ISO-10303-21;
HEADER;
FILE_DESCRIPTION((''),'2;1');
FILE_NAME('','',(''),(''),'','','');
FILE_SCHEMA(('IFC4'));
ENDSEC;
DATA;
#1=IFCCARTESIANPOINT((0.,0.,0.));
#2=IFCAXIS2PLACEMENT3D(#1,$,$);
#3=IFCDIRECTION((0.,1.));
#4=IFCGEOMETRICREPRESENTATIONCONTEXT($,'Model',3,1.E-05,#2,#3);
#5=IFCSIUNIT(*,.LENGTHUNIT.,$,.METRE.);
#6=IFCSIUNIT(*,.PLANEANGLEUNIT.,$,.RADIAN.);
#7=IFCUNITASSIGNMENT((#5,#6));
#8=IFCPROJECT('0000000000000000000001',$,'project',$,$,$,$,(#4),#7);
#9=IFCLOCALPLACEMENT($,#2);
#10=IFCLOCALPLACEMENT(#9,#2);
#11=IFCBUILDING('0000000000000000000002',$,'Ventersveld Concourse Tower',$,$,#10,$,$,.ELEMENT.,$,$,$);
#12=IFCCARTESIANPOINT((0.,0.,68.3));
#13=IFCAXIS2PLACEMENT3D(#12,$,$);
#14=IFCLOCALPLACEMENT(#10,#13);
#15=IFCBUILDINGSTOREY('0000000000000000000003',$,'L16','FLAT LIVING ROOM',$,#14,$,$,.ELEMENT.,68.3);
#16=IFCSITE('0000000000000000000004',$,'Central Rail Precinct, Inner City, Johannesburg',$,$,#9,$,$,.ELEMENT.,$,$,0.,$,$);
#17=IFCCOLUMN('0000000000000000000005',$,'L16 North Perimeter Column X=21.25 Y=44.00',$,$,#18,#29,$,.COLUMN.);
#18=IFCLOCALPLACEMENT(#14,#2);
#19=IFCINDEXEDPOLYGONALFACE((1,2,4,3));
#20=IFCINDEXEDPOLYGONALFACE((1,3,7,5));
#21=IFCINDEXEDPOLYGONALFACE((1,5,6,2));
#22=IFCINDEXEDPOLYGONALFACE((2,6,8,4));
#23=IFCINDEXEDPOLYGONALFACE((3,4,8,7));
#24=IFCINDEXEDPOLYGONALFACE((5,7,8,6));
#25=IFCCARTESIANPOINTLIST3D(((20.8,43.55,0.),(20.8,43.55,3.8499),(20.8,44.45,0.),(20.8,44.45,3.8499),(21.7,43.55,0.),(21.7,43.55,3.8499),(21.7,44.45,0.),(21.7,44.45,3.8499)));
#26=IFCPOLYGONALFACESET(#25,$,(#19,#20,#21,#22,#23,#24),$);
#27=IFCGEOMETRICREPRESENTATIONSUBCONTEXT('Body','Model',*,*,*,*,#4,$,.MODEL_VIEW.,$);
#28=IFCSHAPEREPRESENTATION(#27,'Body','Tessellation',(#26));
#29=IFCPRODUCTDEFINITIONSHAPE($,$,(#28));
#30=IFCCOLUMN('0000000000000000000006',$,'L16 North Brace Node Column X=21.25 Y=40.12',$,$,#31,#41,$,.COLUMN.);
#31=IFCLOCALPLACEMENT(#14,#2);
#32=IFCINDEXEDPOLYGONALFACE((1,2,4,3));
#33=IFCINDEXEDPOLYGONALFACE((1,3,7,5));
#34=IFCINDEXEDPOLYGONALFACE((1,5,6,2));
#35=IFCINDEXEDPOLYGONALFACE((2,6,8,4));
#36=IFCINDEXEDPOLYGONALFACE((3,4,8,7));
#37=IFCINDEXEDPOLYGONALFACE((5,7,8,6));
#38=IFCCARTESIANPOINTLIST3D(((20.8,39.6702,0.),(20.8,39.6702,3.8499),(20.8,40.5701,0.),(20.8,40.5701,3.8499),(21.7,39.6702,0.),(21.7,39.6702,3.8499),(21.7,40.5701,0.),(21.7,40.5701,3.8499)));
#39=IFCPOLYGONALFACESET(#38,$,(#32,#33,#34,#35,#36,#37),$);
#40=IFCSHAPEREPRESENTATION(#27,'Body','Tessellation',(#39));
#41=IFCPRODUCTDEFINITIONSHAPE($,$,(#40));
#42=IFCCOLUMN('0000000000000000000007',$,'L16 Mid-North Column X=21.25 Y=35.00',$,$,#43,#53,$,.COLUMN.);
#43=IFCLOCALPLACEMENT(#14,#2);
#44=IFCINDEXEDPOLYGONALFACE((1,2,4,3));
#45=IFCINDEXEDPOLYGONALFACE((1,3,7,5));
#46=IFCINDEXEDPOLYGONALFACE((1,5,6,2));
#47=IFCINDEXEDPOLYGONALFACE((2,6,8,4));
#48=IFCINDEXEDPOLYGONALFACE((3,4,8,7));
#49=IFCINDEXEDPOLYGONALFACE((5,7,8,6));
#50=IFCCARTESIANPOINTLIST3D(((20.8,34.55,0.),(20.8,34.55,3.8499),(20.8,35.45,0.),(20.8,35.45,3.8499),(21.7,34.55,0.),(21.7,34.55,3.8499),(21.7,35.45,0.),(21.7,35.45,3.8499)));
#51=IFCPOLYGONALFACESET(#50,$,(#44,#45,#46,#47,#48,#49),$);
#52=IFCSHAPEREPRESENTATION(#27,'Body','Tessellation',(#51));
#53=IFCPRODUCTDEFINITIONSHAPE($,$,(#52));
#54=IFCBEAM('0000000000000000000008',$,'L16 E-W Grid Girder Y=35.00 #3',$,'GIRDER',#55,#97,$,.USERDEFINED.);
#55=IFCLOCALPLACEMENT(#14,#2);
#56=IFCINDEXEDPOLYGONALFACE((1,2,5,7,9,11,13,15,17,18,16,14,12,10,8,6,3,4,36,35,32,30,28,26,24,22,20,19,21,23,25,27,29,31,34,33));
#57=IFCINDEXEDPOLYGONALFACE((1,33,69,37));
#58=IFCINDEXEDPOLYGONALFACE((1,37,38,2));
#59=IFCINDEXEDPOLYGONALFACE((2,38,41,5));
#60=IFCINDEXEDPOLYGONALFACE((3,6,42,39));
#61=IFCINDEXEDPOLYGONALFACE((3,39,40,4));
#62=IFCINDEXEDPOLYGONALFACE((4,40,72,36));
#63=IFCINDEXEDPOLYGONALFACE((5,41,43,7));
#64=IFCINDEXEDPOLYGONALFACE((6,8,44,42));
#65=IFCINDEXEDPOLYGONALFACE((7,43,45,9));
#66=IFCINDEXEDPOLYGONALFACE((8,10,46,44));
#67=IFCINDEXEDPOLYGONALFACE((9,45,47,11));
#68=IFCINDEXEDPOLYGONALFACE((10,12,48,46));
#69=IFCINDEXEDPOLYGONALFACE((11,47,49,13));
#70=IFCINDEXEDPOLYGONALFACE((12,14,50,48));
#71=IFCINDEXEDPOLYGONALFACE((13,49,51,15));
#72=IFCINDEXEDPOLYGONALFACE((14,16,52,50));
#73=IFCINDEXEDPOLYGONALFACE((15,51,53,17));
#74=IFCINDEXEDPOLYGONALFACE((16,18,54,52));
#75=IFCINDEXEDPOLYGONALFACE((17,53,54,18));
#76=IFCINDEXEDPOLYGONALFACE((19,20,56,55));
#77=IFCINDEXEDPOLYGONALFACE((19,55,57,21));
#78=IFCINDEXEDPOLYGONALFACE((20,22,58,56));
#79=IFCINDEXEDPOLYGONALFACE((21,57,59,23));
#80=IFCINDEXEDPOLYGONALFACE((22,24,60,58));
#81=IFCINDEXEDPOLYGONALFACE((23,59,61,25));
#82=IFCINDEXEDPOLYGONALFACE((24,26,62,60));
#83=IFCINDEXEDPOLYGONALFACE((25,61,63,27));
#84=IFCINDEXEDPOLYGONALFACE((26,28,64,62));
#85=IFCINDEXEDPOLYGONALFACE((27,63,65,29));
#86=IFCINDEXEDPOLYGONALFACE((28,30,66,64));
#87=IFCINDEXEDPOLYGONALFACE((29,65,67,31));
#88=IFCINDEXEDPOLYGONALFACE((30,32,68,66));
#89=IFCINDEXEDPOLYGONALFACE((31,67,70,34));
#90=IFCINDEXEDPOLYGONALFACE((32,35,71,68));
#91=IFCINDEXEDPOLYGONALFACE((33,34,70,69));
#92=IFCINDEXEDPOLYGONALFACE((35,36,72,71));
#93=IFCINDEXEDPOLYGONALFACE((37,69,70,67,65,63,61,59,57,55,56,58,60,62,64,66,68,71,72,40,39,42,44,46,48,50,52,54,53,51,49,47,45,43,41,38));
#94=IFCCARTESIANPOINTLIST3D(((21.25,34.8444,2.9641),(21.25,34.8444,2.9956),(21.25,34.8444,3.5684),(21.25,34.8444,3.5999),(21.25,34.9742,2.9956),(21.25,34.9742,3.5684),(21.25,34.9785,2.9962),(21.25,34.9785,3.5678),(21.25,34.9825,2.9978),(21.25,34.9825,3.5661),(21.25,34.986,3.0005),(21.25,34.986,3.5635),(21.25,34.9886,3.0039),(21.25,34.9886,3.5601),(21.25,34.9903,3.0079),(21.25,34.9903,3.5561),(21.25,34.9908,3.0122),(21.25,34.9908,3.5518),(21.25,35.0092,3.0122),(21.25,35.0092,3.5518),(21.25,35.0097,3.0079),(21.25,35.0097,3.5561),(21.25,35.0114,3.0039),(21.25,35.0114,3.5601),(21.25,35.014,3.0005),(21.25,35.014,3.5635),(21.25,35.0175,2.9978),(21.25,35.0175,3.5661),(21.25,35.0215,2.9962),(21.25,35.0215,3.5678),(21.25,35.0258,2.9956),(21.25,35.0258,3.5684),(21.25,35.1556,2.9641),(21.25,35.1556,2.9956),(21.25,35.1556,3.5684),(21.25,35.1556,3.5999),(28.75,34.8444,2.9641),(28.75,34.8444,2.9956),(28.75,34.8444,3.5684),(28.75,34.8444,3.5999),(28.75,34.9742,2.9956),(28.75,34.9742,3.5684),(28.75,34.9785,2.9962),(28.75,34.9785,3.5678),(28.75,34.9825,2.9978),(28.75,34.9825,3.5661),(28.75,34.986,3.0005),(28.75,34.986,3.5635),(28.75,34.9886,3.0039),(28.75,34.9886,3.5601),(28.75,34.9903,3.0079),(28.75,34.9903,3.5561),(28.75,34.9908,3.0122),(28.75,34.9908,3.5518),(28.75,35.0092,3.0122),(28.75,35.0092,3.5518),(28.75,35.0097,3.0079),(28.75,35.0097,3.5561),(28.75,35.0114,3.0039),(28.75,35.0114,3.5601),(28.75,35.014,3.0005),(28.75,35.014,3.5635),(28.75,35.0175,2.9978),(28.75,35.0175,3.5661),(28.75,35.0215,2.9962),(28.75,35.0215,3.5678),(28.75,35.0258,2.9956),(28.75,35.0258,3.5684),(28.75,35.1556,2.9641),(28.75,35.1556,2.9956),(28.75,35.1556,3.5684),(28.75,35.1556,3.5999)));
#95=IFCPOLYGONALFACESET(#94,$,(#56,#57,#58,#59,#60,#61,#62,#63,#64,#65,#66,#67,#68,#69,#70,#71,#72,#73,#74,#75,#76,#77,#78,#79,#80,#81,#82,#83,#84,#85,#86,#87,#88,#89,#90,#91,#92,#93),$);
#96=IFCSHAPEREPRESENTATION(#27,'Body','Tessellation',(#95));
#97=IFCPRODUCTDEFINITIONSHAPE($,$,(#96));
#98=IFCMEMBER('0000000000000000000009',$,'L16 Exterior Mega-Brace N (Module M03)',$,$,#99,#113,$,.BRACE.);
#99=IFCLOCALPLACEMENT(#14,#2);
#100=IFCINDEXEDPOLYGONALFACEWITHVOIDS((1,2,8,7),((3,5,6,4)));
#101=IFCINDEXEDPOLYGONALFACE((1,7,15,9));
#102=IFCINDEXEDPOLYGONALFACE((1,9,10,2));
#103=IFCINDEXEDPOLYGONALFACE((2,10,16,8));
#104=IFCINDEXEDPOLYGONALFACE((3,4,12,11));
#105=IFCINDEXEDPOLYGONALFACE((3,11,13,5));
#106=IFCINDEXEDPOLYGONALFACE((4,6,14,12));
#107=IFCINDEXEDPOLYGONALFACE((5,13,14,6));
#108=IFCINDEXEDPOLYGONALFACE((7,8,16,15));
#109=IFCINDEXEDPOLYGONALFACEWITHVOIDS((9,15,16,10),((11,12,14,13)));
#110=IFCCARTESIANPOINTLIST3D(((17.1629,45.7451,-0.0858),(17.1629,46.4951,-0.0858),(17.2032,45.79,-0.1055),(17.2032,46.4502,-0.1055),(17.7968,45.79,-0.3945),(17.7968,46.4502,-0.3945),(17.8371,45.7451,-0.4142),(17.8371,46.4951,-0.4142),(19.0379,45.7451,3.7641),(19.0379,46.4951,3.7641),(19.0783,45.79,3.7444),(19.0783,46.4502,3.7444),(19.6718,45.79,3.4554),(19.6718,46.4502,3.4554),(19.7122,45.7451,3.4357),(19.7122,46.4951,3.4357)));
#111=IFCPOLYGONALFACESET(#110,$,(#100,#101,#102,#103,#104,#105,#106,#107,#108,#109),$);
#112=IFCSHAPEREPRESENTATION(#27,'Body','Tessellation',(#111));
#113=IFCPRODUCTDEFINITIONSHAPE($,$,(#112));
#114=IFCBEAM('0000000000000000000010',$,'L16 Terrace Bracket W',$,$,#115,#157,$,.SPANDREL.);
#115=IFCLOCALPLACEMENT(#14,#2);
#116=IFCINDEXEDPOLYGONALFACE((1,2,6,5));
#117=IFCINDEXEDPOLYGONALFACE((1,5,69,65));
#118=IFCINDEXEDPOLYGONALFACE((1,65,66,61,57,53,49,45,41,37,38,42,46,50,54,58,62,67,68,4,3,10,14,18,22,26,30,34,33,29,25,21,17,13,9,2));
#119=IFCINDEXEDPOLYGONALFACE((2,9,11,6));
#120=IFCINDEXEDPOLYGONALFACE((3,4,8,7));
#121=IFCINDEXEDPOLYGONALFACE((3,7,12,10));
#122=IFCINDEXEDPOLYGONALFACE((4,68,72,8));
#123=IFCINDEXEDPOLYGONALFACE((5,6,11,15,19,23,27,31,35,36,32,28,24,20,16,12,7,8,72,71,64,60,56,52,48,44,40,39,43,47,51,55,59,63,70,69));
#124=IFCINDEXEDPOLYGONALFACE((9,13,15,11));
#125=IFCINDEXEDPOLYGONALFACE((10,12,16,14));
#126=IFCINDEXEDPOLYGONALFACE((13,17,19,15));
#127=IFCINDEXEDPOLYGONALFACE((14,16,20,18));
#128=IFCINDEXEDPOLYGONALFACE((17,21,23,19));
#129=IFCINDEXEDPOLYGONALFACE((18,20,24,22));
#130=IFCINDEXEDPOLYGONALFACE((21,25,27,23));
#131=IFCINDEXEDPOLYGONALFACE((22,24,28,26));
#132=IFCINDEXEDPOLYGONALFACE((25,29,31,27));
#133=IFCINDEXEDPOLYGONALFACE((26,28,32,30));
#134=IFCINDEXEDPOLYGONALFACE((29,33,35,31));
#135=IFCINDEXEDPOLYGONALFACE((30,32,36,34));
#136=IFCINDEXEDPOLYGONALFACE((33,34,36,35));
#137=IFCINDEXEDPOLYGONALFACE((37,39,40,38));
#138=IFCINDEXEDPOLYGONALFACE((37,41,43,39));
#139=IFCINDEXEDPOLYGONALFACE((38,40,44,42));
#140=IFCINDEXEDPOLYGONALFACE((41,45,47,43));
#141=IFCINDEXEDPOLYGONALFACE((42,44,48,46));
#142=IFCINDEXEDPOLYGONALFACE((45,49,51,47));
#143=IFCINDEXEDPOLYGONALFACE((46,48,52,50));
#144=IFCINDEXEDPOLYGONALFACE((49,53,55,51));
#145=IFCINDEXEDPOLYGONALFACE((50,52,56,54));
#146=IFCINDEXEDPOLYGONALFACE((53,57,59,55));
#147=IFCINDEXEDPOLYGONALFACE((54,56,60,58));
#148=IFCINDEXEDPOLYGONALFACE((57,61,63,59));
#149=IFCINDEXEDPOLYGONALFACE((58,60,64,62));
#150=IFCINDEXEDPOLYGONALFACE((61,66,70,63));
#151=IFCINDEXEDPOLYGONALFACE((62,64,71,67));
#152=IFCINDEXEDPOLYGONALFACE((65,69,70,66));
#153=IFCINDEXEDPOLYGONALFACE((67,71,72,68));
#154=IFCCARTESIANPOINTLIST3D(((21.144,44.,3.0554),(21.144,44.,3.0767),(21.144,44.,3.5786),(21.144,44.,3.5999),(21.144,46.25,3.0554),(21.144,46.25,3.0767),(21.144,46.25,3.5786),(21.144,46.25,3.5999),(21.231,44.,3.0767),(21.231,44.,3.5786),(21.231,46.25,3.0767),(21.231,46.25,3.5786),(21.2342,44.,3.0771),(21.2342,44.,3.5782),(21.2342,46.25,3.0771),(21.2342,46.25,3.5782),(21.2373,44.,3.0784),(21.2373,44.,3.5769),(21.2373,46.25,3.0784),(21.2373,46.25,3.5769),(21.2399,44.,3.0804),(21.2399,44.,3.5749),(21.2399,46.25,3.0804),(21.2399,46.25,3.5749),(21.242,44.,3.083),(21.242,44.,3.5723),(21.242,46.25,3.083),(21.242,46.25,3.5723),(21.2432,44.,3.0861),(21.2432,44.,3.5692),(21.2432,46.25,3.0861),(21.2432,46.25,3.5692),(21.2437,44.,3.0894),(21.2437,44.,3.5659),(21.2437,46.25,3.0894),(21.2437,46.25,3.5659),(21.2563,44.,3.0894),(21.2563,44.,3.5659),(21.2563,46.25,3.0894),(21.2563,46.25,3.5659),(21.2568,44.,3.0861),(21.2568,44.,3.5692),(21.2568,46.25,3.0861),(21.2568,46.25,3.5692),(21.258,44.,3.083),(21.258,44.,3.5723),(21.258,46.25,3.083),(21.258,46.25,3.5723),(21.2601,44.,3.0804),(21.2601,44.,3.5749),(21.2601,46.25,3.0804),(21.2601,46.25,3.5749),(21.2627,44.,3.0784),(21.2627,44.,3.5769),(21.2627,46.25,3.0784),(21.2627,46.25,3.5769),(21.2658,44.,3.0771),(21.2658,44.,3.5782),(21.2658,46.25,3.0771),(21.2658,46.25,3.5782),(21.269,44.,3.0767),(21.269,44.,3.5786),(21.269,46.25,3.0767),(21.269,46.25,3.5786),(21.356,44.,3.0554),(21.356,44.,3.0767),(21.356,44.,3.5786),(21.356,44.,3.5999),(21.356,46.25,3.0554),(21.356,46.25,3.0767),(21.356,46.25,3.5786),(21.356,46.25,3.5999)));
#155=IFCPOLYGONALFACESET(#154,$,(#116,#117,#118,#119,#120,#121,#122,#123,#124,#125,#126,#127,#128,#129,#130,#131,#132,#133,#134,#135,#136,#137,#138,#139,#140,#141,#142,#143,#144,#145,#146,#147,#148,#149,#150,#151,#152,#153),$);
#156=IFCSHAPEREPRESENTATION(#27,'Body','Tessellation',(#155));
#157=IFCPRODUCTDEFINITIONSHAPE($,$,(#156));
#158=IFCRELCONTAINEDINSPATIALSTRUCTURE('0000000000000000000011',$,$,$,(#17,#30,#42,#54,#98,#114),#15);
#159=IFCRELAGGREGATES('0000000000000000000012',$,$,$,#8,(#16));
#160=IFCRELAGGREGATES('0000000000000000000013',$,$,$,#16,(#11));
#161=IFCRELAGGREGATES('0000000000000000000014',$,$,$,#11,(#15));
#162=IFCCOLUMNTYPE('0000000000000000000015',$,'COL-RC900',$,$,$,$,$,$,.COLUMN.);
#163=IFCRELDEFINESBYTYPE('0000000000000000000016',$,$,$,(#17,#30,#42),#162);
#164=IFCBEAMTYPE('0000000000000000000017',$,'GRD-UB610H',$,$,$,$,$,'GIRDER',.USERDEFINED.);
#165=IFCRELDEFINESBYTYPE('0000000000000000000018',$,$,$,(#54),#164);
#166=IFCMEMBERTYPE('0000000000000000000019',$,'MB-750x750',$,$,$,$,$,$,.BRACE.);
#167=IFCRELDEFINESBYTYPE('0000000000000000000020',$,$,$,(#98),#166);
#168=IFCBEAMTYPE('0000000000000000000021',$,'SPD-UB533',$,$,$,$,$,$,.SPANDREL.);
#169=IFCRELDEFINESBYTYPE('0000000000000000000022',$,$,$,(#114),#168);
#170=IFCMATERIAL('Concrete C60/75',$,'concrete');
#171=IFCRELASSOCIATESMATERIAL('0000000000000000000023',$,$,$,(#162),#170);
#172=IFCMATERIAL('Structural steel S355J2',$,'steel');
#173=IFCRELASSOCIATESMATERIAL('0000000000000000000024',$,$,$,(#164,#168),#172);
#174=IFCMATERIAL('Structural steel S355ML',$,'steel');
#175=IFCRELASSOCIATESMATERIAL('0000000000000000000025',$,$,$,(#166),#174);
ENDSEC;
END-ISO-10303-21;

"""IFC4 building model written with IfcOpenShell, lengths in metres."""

from ifc_helpers import new_model, si_unit, direction, frame, origin, origin_2d, place, context, subcontext, project, spatial, rectangle, hollow_rectangle, i_section, extrude, material, material_profile, profile_set, type_object, element, save


model = new_model("IFC4")

# Units and contexts
model_context = context("Model", 3, precision=1e-05, world=origin(), true_north=direction((0.0, 1.0)))
body_context = subcontext(model_context, "Body", "Model", "MODEL_VIEW")
ifc_project = project(units=[si_unit("LENGTHUNIT", "METRE"), si_unit("PLANEANGLEUNIT", "RADIAN")], contexts=[model_context])

# Site, building, storey
site_placement = place(None, origin())
site = spatial("IfcSite", under=ifc_project, at=site_placement, Name="Central Rail Precinct, Inner City, Johannesburg", CompositionType="ELEMENT", RefElevation=0.0)
building_placement = place(site_placement, origin())
building = spatial("IfcBuilding", under=site, at=building_placement, Name="Ventersveld Concourse Tower", CompositionType="ELEMENT")
storey_placement = place(building_placement, frame((0.0, 0.0, 68.3)))
storey = spatial("IfcBuildingStorey", under=building, at=storey_placement, Name="L16", Description="FLAT LIVING ROOM", CompositionType="ELEMENT", Elevation=68.3)

# Columns
ifc_material_1 = material(Name="Concrete C60/75", Category="concrete")
ifc_material_profile_1 = material_profile(ifc_material_1, rectangle(XDim=0.8999, YDim=0.8999, at=origin_2d()), Name="RC 900x900")
ifc_profile_set_1 = profile_set([ifc_material_profile_1], Name="Concrete C60/75")
column_type = type_object("IfcColumnType", Name="COL-RC900", PredefinedType="COLUMN", material=ifc_profile_set_1)
for number, where, z_axis, x_axis, name in (
    (1, (21.25, 44.0, 0.0), (0.0, 0.0, 1.0), (1.0, 0.0, 0.0), "L16 North Perimeter Column X=21.25 Y=44.00"),
    (2, (21.25, 40.1201, 0.0), (0.0, 0.0, 1.0), (1.0, 0.0, 0.0), "L16 North Brace Node Column X=21.25 Y=40.12"),
    (3, (21.25, 35.0, 0.0), (0.0, 0.0, 1.0), (1.0, 0.0, 0.0), "L16 Mid-North Column X=21.25 Y=35.00"),
):
    element("IfcColumn", number, at=place(storey_placement, frame(where, z_axis=z_axis, x_axis=x_axis)), inside=storey, type_object=column_type, Name=name, PredefinedType="COLUMN", context=body_context, shape_type="SweptSolid", body=[
        extrude(rectangle(XDim=0.8999, YDim=0.8999, at=origin_2d()), origin(), (0.0, 0.0, 1.0), 3.8499),
    ])

# Beam
ifc_material_2 = material(Name="Structural steel S355J2", Category="steel")
ifc_material_profile_2 = material_profile(ifc_material_2, i_section(OverallWidth=0.3113, OverallDepth=0.6357, WebThickness=0.0183, FlangeThickness=0.0315, FilletRadius=0.0166, at=origin_2d()), Name="UB 610x305x238")
ifc_profile_set_2 = profile_set([ifc_material_profile_2], Name="Structural steel S355J2")
beam_type_1 = type_object("IfcBeamType", Name="GRD-UB610H", ElementType="GIRDER", PredefinedType="USERDEFINED", material=ifc_profile_set_2)
beam_1_placement = place(storey_placement, frame((21.25, 35.0, 3.282), z_axis=(1.0, 0.0, 0.0), x_axis=(0.0, 1.0, 0.0)))
element("IfcBeam", 4, at=beam_1_placement, inside=storey, type_object=beam_type_1, Name="L16 E-W Grid Girder Y=35.00 #3", ObjectType="GIRDER", PredefinedType="USERDEFINED", context=body_context, shape_type="SweptSolid", body=[
    extrude(i_section(OverallWidth=0.3113, OverallDepth=0.6357, WebThickness=0.0183, FlangeThickness=0.0315, FilletRadius=0.0166, at=origin_2d()), origin(), (0.0, 0.0, 1.0), 7.5),
])

# Member
ifc_material_3 = material(Name="Structural steel S355ML", Category="steel")
ifc_material_profile_3 = material_profile(ifc_material_3, hollow_rectangle(XDim=0.75, YDim=0.75, WallThickness=0.0449, at=origin_2d()), Name="BOX 750x750x45")
ifc_profile_set_3 = profile_set([ifc_material_profile_3], Name="Structural steel S355ML")
member_type = type_object("IfcMemberType", Name="MB-750x750", PredefinedType="BRACE", material=ifc_profile_set_3)
member_placement = place(storey_placement, frame((17.5, 46.1201, -0.25), z_axis=(0.437862, 0.0, 0.899042), x_axis=(0.0, 1.0, 0.0)))
element("IfcMember", 5, at=member_placement, inside=storey, type_object=member_type, Name="L16 Exterior Mega-Brace N (Module M03)", PredefinedType="BRACE", context=body_context, shape_type="SweptSolid", body=[
    extrude(hollow_rectangle(XDim=0.75, YDim=0.75, WallThickness=0.0449, at=origin_2d()), origin(), (0.0, 0.0, 1.0), 4.2822),
])

# Beam
ifc_material_profile_4 = material_profile(ifc_material_2, i_section(OverallWidth=0.2119, OverallDepth=0.5444, WebThickness=0.0127, FlangeThickness=0.0212, FilletRadius=0.0127, at=origin_2d()), Name="UB 533x210x122")
ifc_profile_set_4 = profile_set([ifc_material_profile_4], Name="Structural steel S355J2")
beam_type_2 = type_object("IfcBeamType", Name="SPD-UB533", PredefinedType="SPANDREL", material=ifc_profile_set_4)
beam_2_placement = place(storey_placement, frame((21.25, 44.0, 3.3276), z_axis=(0.0, 1.0, 0.0), x_axis=(-1.0, 0.0, 0.0)))
element("IfcBeam", 6, at=beam_2_placement, inside=storey, type_object=beam_type_2, Name="L16 Terrace Bracket W", PredefinedType="SPANDREL", context=body_context, shape_type="SweptSolid", body=[
    extrude(i_section(OverallWidth=0.2119, OverallDepth=0.5444, WebThickness=0.0127, FlangeThickness=0.0212, FilletRadius=0.0127, at=origin_2d()), origin(), (0.0, 0.0, 1.0), 2.25),
])

save(model, "model.ifc")
